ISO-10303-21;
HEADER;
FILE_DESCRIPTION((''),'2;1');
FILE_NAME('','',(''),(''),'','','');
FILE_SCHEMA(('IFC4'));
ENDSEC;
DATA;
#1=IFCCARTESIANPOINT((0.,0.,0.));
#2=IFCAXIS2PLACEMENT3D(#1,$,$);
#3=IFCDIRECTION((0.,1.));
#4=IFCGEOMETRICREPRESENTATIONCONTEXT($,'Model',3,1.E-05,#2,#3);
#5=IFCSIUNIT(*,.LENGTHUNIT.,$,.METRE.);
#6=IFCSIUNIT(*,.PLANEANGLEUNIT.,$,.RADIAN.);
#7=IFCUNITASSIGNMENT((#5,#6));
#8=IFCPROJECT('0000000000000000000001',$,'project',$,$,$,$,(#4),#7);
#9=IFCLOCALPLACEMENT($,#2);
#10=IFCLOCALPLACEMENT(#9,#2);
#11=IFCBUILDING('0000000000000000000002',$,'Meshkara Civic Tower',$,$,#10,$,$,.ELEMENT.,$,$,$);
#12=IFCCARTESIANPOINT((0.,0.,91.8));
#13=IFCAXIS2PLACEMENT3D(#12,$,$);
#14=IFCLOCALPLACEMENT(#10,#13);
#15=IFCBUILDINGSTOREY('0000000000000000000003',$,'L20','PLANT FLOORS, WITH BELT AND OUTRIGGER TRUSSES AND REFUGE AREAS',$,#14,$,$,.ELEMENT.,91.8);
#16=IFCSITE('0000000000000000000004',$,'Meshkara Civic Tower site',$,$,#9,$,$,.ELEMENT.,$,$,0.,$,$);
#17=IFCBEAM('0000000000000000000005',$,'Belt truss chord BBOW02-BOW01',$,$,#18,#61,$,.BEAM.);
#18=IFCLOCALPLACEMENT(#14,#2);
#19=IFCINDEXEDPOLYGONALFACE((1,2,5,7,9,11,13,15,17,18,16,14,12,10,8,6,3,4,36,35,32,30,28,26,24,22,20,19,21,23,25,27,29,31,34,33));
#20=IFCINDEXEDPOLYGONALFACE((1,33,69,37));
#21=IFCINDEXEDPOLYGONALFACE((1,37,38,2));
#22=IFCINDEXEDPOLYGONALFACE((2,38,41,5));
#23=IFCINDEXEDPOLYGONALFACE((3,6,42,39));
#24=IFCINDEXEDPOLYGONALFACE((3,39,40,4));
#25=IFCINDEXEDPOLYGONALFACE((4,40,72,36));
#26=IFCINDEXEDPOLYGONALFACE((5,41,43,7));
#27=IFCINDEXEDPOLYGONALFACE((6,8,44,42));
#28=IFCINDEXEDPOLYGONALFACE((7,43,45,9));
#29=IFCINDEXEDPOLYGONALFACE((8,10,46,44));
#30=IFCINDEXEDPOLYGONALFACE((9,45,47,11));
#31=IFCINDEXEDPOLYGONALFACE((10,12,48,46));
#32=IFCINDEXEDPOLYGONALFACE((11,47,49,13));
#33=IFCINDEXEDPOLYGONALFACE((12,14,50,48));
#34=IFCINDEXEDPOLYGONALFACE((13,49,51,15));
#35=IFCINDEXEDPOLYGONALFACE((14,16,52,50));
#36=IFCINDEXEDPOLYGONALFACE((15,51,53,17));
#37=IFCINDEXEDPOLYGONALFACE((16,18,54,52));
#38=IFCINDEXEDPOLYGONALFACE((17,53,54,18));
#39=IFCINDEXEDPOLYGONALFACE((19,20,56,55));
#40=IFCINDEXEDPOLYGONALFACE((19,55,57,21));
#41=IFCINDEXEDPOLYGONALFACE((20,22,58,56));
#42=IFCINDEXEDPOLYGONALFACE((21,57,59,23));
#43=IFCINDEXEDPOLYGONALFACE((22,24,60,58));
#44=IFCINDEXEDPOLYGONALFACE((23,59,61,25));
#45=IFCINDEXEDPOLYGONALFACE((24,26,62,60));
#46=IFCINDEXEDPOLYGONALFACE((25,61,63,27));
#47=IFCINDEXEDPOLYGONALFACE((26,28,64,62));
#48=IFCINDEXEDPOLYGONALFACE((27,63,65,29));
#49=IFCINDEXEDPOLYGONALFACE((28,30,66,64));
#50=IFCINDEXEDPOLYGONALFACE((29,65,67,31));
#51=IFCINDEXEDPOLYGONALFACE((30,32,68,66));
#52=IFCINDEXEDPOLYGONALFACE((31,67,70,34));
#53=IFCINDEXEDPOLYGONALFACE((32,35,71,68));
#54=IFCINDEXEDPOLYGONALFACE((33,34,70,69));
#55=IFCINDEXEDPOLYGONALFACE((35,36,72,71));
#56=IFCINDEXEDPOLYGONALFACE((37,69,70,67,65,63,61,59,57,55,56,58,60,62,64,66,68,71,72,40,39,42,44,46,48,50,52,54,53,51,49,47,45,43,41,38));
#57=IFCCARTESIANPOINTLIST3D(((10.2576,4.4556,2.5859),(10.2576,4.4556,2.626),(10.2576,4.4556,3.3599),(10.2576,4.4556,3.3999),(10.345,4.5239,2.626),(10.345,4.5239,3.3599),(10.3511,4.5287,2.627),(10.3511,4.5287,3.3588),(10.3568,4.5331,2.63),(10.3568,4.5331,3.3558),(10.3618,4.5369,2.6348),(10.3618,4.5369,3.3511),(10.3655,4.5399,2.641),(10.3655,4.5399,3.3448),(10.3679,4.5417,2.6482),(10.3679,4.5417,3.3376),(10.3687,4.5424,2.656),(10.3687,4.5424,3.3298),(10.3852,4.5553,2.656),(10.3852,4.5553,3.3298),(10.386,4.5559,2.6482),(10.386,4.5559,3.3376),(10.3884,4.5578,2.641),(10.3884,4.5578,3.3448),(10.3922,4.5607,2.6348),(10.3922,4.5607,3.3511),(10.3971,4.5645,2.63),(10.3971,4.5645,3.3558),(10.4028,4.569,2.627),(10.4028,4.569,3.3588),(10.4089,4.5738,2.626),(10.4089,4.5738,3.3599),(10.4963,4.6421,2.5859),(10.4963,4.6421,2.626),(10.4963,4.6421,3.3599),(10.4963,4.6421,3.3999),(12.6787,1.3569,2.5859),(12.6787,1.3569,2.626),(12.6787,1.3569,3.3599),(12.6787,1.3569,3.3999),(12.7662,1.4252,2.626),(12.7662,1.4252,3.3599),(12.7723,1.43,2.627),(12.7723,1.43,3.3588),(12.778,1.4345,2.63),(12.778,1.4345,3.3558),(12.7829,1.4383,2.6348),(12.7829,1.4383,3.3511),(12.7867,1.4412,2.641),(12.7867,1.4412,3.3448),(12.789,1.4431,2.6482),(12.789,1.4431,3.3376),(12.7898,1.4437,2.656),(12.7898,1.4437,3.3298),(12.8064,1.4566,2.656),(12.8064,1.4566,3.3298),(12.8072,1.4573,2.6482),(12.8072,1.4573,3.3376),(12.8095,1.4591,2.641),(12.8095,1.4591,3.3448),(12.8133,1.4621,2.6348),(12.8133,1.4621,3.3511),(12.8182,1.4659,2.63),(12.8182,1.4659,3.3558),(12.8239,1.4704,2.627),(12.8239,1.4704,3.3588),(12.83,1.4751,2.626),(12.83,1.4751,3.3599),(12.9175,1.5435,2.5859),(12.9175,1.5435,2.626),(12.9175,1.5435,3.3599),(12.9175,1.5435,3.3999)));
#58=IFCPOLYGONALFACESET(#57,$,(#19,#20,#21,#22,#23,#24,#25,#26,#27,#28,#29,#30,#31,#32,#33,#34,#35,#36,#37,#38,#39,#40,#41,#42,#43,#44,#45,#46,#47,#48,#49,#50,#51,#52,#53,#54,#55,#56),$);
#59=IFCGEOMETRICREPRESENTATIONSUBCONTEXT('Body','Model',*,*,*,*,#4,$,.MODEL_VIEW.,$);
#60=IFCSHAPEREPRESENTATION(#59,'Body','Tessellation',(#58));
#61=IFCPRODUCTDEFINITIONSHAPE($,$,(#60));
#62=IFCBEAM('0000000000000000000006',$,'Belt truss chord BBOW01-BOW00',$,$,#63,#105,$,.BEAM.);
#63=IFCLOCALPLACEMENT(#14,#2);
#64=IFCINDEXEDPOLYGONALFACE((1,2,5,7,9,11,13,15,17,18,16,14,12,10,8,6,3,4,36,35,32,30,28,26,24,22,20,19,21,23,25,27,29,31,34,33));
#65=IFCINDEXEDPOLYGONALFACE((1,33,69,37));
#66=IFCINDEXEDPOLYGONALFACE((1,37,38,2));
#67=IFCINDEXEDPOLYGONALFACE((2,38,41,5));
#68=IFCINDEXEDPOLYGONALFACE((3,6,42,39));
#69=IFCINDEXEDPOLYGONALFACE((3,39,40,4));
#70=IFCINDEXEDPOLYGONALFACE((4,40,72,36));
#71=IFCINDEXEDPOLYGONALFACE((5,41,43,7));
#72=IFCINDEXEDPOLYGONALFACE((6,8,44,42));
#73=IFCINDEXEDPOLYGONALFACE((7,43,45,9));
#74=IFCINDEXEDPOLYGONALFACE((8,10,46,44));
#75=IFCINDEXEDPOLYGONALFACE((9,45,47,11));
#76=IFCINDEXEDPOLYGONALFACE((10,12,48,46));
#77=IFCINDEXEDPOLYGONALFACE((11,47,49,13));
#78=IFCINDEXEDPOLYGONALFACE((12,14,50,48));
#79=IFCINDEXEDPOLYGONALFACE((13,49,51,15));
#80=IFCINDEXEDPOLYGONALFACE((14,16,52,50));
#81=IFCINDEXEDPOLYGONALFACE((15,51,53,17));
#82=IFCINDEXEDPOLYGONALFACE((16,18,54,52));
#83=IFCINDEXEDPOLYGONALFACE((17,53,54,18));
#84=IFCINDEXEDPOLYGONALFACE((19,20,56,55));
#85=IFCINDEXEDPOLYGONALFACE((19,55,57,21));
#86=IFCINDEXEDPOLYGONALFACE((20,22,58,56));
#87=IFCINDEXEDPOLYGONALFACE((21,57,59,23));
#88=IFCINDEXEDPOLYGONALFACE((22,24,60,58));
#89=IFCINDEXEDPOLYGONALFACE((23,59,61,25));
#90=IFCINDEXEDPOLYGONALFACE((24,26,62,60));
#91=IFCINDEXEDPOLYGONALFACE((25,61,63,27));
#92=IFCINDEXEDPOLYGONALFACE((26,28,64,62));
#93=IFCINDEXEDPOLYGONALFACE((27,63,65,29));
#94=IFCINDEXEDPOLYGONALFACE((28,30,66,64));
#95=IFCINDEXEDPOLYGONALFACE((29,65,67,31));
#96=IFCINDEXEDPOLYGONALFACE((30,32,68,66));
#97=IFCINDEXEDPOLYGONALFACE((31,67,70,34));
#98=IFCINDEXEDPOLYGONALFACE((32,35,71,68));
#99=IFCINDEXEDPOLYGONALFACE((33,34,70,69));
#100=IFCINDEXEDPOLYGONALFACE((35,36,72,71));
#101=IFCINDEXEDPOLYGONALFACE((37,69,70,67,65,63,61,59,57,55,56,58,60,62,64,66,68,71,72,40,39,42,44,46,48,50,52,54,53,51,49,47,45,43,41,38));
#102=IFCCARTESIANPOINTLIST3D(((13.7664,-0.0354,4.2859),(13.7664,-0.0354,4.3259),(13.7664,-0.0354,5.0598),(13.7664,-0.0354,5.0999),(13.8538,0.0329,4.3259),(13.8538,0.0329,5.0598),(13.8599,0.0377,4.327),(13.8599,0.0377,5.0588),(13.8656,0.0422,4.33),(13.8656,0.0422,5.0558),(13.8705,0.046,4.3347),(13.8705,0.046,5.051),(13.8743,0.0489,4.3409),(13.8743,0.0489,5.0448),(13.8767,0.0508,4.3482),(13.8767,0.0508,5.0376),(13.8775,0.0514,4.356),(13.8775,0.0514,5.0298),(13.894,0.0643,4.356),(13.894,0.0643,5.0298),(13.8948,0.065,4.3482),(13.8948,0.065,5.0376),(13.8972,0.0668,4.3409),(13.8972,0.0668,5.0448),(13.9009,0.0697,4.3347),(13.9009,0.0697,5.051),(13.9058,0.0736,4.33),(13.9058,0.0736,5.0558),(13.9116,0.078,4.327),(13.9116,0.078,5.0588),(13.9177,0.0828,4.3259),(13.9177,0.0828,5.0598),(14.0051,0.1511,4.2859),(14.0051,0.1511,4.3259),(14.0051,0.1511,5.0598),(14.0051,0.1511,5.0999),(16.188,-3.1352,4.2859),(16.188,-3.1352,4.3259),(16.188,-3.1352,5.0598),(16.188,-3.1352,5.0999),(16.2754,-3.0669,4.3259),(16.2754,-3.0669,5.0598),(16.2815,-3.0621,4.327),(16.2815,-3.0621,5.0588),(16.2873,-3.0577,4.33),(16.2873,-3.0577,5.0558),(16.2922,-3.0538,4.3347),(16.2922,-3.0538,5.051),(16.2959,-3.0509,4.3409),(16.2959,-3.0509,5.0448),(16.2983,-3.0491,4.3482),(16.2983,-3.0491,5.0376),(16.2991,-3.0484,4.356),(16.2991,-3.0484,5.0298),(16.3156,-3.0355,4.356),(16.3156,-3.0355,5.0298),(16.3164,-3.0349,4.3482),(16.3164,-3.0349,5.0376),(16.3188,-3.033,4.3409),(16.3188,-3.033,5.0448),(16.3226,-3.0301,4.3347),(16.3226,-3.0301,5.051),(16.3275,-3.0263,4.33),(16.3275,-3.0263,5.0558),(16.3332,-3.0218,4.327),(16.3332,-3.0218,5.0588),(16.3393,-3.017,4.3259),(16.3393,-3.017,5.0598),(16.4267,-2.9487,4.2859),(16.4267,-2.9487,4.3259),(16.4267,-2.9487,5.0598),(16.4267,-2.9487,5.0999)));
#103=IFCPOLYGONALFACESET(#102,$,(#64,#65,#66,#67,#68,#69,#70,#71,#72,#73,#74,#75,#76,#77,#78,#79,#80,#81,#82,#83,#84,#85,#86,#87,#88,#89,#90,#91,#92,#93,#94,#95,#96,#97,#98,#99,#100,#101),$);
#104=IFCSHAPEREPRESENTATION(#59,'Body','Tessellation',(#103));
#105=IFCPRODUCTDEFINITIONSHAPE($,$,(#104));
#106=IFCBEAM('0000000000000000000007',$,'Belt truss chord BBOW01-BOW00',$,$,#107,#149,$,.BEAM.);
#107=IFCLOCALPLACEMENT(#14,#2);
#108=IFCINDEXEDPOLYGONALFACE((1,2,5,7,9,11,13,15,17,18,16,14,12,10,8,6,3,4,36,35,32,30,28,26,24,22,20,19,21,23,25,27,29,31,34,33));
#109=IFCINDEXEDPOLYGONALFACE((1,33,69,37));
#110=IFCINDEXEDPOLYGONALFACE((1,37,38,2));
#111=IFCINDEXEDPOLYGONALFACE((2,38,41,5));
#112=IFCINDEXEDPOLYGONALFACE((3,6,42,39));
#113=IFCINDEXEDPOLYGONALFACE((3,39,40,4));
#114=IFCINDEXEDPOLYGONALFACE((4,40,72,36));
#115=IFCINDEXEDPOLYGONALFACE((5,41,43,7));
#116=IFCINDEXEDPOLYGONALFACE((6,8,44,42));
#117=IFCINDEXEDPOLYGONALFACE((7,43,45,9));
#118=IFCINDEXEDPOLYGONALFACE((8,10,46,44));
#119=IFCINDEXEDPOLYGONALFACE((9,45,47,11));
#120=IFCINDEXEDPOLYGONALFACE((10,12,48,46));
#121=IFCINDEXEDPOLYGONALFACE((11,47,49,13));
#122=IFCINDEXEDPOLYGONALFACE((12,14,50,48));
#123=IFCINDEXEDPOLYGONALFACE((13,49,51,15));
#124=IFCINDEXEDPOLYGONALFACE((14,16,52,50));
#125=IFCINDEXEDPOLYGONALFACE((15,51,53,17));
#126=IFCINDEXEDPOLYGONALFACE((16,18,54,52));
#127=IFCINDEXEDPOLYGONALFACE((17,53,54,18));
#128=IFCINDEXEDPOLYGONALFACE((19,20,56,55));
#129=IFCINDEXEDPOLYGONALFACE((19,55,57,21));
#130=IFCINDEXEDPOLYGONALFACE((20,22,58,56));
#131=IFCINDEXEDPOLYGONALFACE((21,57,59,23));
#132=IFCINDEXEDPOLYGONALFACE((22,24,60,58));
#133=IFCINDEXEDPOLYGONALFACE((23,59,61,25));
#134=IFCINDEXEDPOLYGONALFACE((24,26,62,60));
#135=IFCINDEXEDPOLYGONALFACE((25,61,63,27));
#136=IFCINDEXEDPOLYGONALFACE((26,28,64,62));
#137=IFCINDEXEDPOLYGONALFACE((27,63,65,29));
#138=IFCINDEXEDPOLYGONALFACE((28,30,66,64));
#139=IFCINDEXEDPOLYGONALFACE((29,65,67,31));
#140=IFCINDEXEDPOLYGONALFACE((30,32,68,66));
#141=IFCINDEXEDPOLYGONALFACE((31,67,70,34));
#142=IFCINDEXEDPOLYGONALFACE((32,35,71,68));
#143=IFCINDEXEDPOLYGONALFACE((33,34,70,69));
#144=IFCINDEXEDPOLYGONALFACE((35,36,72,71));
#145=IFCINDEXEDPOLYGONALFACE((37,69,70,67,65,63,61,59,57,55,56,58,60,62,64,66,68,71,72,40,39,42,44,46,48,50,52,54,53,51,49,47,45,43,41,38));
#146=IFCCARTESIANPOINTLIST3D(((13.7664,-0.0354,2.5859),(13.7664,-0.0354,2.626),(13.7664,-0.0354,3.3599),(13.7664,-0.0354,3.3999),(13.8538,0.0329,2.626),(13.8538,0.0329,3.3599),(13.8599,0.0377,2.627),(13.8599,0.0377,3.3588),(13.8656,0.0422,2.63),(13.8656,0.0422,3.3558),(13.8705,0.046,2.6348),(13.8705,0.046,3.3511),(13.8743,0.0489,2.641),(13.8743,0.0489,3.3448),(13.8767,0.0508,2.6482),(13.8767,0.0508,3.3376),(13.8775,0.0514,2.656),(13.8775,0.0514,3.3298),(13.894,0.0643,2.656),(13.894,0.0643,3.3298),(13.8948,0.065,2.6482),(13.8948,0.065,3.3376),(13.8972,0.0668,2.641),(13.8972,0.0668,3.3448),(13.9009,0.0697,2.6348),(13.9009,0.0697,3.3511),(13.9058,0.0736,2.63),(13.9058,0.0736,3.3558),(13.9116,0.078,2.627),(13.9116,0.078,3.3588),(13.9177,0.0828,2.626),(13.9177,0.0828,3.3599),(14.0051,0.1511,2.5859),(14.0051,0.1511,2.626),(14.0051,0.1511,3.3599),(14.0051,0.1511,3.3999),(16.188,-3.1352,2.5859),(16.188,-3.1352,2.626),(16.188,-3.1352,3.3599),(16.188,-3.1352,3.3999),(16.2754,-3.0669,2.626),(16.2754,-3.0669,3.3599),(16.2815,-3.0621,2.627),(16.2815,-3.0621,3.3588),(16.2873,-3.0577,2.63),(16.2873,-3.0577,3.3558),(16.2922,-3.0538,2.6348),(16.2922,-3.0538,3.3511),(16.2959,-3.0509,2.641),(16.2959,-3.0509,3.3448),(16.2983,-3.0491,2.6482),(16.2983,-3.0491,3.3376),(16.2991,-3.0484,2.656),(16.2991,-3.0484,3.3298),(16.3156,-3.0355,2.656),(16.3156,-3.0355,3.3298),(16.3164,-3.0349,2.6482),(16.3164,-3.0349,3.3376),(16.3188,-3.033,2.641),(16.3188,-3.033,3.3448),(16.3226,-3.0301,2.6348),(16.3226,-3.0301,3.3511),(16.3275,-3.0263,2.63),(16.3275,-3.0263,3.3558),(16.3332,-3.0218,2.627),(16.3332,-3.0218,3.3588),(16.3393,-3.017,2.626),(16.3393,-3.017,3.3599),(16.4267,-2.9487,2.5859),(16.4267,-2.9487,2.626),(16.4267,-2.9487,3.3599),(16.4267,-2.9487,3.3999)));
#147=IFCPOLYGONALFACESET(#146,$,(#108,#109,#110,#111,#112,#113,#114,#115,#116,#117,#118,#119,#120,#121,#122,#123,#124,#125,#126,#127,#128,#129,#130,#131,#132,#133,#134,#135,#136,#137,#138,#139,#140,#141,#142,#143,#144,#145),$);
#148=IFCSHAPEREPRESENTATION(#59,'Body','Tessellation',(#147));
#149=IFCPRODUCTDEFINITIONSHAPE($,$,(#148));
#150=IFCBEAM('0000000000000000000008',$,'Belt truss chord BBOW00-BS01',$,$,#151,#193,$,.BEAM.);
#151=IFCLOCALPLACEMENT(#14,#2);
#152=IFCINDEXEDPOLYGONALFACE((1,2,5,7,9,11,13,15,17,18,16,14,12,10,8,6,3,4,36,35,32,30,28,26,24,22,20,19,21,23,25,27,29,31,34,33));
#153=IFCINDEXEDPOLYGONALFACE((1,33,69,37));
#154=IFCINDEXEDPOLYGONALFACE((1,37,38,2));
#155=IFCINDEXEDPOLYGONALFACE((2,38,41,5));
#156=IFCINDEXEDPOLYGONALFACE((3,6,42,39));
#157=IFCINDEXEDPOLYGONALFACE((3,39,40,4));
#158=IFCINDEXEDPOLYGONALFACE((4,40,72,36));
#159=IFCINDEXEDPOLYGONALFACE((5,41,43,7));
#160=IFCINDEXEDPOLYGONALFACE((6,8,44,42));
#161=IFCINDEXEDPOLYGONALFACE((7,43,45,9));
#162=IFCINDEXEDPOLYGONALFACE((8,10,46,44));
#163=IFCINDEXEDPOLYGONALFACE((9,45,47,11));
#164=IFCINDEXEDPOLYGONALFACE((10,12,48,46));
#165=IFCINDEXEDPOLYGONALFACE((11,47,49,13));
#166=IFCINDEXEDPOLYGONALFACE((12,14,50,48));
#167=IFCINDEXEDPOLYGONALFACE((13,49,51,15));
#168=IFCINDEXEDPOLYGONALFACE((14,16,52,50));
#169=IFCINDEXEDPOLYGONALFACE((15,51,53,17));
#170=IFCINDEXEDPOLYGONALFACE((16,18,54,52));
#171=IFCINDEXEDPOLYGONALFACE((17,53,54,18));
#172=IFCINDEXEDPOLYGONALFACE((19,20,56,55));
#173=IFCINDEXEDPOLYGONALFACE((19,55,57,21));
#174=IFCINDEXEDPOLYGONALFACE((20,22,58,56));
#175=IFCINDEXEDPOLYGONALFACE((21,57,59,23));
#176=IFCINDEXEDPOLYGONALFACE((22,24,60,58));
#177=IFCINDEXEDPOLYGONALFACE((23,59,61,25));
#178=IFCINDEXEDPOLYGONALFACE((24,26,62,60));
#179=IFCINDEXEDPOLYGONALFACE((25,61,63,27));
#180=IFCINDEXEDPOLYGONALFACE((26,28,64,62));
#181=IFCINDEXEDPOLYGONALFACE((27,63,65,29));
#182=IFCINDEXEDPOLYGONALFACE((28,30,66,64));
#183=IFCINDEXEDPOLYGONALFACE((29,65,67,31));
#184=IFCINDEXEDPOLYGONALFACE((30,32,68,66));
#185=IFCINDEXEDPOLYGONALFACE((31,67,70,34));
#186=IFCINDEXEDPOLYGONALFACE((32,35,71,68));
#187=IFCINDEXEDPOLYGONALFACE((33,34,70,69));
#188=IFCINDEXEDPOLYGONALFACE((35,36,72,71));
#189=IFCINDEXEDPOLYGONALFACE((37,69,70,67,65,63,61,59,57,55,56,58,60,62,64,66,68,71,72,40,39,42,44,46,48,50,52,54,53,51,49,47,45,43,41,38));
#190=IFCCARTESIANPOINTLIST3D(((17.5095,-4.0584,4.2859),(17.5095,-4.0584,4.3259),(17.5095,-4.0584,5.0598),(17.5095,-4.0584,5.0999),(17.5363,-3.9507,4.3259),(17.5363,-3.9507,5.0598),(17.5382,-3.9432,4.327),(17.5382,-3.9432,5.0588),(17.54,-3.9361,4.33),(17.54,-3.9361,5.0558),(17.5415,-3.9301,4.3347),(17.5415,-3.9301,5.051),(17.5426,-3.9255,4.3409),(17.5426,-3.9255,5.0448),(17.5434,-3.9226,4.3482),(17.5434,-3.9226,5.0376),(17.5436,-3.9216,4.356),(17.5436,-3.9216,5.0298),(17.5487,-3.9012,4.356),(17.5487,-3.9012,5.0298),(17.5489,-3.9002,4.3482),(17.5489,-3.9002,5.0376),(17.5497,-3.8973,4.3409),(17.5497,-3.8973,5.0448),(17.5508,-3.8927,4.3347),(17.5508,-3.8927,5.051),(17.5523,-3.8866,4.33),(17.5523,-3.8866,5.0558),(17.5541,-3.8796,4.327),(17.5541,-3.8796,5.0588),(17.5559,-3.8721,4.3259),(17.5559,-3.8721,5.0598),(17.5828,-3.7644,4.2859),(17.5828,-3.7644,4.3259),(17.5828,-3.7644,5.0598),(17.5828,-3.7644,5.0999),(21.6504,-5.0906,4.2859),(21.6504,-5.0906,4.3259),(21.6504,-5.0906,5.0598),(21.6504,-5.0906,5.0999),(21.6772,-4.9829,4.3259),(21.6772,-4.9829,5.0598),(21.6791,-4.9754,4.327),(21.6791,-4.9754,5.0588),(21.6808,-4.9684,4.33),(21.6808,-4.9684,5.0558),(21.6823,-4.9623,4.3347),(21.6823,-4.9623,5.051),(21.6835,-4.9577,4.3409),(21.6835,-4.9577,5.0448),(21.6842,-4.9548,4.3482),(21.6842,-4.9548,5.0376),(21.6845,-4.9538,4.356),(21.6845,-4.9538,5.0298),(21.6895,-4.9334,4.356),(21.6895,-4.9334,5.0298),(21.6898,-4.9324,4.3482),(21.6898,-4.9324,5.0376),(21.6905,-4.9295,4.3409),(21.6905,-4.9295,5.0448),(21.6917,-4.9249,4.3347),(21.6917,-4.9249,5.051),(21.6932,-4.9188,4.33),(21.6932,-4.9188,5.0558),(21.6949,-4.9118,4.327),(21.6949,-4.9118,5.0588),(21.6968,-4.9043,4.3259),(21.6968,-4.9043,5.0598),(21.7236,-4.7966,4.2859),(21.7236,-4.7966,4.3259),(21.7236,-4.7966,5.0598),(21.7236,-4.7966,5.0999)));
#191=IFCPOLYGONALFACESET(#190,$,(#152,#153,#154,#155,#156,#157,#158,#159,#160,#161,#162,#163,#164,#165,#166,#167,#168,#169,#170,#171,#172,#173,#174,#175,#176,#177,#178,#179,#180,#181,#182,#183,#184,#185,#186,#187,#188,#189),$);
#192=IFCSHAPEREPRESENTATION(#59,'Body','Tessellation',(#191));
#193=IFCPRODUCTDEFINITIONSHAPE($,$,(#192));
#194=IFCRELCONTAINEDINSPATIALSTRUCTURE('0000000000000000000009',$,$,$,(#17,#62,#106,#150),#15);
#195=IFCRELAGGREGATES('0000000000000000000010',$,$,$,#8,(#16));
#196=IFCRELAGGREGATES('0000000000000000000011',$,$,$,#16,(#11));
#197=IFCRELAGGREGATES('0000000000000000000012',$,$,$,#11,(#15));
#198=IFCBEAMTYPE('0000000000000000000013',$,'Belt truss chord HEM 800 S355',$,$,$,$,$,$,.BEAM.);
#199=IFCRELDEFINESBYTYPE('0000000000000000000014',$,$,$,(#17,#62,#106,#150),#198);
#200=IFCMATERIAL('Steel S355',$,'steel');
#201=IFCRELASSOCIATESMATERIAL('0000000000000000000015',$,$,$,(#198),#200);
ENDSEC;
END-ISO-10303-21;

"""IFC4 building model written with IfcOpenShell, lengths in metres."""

from ifc_helpers import new_model, si_unit, direction, frame, origin, origin_2d, place, context, subcontext, project, spatial, i_section, extrude, material, material_profile, profile_set, type_object, element, save


model = new_model("IFC4")

# Units and contexts
model_context = context("Model", 3, precision=1e-05, world=origin(), true_north=direction((0.0, 1.0)))
body_context = subcontext(model_context, "Body", "Model", "MODEL_VIEW")
ifc_project = project(units=[si_unit("LENGTHUNIT", "METRE"), si_unit("PLANEANGLEUNIT", "RADIAN")], contexts=[model_context])

# Site, building, storey
site_placement = place(None, origin())
site = spatial("IfcSite", under=ifc_project, at=site_placement, Name="Meshkara Civic Tower site", CompositionType="ELEMENT", RefElevation=0.0)
building_placement = place(site_placement, origin())
building = spatial("IfcBuilding", under=site, at=building_placement, Name="Meshkara Civic Tower", CompositionType="ELEMENT")
storey_placement = place(building_placement, frame((0.0, 0.0, 91.8)))
storey = spatial("IfcBuildingStorey", under=building, at=storey_placement, Name="L20", Description="PLANT FLOORS, WITH BELT AND OUTRIGGER TRUSSES AND REFUGE AREAS", CompositionType="ELEMENT", Elevation=91.8)

# Beams
ifc_material_1 = material(Name="Steel S355", Category="steel")
ifc_material_profile_1 = material_profile(ifc_material_1, i_section(OverallWidth=0.303, OverallDepth=0.814, WebThickness=0.021, FlangeThickness=0.04, FilletRadius=0.03, at=origin_2d()))
ifc_profile_set_1 = profile_set([ifc_material_profile_1], Name="Steel S355")
beam_type = type_object("IfcBeamType", Name="Belt truss chord HEM 800 S355", PredefinedType="BEAM", material=ifc_profile_set_1)
for number, where, z_axis, x_axis, name in (
    (1, (10.377, 4.5488, 2.9929), (0.615697, -0.787983, 0.0), (0.787983, 0.615697, 0.0), "Belt truss chord BBOW02-BOW01"),
):
    element("IfcBeam", number, at=place(storey_placement, frame(where, z_axis=z_axis, x_axis=x_axis)), inside=storey, type_object=beam_type, Name=name, PredefinedType="BEAM", context=body_context, shape_type="SweptSolid", body=[
        extrude(i_section(OverallWidth=0.303, OverallDepth=0.814, WebThickness=0.021, FlangeThickness=0.04, FilletRadius=0.03, at=origin_2d()), origin(), (0.0, 0.0, 1.0), 3.9324),
    ])
for number, where, z_axis, x_axis, name in (
    (2, (13.8857, 0.0579, 4.6929), (0.615624, -0.78804, 0.0), (0.78804, 0.615624, 0.0), "Belt truss chord BBOW01-BOW00"),
    (3, (13.8857, 0.0579, 2.9929), (0.615624, -0.78804, 0.0), (0.78804, 0.615624, 0.0), "Belt truss chord BBOW01-BOW00"),
):
    element("IfcBeam", number, at=place(storey_placement, frame(where, z_axis=z_axis, x_axis=x_axis)), inside=storey, type_object=beam_type, Name=name, PredefinedType="BEAM", context=body_context, shape_type="SweptSolid", body=[
        extrude(i_section(OverallWidth=0.303, OverallDepth=0.814, WebThickness=0.021, FlangeThickness=0.04, FilletRadius=0.03, at=origin_2d()), origin(), (0.0, 0.0, 1.0), 3.9336),
    ])
for number, where, z_axis, x_axis, name in (
    (4, (17.5461, -3.9114, 4.6929), (0.970307, -0.241876, 0.0), (0.241876, 0.970307, 0.0), "Belt truss chord BBOW00-BS01"),
):
    element("IfcBeam", number, at=place(storey_placement, frame(where, z_axis=z_axis, x_axis=x_axis)), inside=storey, type_object=beam_type, Name=name, PredefinedType="BEAM", context=body_context, shape_type="SweptSolid", body=[
        extrude(i_section(OverallWidth=0.303, OverallDepth=0.814, WebThickness=0.021, FlangeThickness=0.04, FilletRadius=0.03, at=origin_2d()), origin(), (0.0, 0.0, 1.0), 4.2676),
    ])

save(model, "model.ifc")
